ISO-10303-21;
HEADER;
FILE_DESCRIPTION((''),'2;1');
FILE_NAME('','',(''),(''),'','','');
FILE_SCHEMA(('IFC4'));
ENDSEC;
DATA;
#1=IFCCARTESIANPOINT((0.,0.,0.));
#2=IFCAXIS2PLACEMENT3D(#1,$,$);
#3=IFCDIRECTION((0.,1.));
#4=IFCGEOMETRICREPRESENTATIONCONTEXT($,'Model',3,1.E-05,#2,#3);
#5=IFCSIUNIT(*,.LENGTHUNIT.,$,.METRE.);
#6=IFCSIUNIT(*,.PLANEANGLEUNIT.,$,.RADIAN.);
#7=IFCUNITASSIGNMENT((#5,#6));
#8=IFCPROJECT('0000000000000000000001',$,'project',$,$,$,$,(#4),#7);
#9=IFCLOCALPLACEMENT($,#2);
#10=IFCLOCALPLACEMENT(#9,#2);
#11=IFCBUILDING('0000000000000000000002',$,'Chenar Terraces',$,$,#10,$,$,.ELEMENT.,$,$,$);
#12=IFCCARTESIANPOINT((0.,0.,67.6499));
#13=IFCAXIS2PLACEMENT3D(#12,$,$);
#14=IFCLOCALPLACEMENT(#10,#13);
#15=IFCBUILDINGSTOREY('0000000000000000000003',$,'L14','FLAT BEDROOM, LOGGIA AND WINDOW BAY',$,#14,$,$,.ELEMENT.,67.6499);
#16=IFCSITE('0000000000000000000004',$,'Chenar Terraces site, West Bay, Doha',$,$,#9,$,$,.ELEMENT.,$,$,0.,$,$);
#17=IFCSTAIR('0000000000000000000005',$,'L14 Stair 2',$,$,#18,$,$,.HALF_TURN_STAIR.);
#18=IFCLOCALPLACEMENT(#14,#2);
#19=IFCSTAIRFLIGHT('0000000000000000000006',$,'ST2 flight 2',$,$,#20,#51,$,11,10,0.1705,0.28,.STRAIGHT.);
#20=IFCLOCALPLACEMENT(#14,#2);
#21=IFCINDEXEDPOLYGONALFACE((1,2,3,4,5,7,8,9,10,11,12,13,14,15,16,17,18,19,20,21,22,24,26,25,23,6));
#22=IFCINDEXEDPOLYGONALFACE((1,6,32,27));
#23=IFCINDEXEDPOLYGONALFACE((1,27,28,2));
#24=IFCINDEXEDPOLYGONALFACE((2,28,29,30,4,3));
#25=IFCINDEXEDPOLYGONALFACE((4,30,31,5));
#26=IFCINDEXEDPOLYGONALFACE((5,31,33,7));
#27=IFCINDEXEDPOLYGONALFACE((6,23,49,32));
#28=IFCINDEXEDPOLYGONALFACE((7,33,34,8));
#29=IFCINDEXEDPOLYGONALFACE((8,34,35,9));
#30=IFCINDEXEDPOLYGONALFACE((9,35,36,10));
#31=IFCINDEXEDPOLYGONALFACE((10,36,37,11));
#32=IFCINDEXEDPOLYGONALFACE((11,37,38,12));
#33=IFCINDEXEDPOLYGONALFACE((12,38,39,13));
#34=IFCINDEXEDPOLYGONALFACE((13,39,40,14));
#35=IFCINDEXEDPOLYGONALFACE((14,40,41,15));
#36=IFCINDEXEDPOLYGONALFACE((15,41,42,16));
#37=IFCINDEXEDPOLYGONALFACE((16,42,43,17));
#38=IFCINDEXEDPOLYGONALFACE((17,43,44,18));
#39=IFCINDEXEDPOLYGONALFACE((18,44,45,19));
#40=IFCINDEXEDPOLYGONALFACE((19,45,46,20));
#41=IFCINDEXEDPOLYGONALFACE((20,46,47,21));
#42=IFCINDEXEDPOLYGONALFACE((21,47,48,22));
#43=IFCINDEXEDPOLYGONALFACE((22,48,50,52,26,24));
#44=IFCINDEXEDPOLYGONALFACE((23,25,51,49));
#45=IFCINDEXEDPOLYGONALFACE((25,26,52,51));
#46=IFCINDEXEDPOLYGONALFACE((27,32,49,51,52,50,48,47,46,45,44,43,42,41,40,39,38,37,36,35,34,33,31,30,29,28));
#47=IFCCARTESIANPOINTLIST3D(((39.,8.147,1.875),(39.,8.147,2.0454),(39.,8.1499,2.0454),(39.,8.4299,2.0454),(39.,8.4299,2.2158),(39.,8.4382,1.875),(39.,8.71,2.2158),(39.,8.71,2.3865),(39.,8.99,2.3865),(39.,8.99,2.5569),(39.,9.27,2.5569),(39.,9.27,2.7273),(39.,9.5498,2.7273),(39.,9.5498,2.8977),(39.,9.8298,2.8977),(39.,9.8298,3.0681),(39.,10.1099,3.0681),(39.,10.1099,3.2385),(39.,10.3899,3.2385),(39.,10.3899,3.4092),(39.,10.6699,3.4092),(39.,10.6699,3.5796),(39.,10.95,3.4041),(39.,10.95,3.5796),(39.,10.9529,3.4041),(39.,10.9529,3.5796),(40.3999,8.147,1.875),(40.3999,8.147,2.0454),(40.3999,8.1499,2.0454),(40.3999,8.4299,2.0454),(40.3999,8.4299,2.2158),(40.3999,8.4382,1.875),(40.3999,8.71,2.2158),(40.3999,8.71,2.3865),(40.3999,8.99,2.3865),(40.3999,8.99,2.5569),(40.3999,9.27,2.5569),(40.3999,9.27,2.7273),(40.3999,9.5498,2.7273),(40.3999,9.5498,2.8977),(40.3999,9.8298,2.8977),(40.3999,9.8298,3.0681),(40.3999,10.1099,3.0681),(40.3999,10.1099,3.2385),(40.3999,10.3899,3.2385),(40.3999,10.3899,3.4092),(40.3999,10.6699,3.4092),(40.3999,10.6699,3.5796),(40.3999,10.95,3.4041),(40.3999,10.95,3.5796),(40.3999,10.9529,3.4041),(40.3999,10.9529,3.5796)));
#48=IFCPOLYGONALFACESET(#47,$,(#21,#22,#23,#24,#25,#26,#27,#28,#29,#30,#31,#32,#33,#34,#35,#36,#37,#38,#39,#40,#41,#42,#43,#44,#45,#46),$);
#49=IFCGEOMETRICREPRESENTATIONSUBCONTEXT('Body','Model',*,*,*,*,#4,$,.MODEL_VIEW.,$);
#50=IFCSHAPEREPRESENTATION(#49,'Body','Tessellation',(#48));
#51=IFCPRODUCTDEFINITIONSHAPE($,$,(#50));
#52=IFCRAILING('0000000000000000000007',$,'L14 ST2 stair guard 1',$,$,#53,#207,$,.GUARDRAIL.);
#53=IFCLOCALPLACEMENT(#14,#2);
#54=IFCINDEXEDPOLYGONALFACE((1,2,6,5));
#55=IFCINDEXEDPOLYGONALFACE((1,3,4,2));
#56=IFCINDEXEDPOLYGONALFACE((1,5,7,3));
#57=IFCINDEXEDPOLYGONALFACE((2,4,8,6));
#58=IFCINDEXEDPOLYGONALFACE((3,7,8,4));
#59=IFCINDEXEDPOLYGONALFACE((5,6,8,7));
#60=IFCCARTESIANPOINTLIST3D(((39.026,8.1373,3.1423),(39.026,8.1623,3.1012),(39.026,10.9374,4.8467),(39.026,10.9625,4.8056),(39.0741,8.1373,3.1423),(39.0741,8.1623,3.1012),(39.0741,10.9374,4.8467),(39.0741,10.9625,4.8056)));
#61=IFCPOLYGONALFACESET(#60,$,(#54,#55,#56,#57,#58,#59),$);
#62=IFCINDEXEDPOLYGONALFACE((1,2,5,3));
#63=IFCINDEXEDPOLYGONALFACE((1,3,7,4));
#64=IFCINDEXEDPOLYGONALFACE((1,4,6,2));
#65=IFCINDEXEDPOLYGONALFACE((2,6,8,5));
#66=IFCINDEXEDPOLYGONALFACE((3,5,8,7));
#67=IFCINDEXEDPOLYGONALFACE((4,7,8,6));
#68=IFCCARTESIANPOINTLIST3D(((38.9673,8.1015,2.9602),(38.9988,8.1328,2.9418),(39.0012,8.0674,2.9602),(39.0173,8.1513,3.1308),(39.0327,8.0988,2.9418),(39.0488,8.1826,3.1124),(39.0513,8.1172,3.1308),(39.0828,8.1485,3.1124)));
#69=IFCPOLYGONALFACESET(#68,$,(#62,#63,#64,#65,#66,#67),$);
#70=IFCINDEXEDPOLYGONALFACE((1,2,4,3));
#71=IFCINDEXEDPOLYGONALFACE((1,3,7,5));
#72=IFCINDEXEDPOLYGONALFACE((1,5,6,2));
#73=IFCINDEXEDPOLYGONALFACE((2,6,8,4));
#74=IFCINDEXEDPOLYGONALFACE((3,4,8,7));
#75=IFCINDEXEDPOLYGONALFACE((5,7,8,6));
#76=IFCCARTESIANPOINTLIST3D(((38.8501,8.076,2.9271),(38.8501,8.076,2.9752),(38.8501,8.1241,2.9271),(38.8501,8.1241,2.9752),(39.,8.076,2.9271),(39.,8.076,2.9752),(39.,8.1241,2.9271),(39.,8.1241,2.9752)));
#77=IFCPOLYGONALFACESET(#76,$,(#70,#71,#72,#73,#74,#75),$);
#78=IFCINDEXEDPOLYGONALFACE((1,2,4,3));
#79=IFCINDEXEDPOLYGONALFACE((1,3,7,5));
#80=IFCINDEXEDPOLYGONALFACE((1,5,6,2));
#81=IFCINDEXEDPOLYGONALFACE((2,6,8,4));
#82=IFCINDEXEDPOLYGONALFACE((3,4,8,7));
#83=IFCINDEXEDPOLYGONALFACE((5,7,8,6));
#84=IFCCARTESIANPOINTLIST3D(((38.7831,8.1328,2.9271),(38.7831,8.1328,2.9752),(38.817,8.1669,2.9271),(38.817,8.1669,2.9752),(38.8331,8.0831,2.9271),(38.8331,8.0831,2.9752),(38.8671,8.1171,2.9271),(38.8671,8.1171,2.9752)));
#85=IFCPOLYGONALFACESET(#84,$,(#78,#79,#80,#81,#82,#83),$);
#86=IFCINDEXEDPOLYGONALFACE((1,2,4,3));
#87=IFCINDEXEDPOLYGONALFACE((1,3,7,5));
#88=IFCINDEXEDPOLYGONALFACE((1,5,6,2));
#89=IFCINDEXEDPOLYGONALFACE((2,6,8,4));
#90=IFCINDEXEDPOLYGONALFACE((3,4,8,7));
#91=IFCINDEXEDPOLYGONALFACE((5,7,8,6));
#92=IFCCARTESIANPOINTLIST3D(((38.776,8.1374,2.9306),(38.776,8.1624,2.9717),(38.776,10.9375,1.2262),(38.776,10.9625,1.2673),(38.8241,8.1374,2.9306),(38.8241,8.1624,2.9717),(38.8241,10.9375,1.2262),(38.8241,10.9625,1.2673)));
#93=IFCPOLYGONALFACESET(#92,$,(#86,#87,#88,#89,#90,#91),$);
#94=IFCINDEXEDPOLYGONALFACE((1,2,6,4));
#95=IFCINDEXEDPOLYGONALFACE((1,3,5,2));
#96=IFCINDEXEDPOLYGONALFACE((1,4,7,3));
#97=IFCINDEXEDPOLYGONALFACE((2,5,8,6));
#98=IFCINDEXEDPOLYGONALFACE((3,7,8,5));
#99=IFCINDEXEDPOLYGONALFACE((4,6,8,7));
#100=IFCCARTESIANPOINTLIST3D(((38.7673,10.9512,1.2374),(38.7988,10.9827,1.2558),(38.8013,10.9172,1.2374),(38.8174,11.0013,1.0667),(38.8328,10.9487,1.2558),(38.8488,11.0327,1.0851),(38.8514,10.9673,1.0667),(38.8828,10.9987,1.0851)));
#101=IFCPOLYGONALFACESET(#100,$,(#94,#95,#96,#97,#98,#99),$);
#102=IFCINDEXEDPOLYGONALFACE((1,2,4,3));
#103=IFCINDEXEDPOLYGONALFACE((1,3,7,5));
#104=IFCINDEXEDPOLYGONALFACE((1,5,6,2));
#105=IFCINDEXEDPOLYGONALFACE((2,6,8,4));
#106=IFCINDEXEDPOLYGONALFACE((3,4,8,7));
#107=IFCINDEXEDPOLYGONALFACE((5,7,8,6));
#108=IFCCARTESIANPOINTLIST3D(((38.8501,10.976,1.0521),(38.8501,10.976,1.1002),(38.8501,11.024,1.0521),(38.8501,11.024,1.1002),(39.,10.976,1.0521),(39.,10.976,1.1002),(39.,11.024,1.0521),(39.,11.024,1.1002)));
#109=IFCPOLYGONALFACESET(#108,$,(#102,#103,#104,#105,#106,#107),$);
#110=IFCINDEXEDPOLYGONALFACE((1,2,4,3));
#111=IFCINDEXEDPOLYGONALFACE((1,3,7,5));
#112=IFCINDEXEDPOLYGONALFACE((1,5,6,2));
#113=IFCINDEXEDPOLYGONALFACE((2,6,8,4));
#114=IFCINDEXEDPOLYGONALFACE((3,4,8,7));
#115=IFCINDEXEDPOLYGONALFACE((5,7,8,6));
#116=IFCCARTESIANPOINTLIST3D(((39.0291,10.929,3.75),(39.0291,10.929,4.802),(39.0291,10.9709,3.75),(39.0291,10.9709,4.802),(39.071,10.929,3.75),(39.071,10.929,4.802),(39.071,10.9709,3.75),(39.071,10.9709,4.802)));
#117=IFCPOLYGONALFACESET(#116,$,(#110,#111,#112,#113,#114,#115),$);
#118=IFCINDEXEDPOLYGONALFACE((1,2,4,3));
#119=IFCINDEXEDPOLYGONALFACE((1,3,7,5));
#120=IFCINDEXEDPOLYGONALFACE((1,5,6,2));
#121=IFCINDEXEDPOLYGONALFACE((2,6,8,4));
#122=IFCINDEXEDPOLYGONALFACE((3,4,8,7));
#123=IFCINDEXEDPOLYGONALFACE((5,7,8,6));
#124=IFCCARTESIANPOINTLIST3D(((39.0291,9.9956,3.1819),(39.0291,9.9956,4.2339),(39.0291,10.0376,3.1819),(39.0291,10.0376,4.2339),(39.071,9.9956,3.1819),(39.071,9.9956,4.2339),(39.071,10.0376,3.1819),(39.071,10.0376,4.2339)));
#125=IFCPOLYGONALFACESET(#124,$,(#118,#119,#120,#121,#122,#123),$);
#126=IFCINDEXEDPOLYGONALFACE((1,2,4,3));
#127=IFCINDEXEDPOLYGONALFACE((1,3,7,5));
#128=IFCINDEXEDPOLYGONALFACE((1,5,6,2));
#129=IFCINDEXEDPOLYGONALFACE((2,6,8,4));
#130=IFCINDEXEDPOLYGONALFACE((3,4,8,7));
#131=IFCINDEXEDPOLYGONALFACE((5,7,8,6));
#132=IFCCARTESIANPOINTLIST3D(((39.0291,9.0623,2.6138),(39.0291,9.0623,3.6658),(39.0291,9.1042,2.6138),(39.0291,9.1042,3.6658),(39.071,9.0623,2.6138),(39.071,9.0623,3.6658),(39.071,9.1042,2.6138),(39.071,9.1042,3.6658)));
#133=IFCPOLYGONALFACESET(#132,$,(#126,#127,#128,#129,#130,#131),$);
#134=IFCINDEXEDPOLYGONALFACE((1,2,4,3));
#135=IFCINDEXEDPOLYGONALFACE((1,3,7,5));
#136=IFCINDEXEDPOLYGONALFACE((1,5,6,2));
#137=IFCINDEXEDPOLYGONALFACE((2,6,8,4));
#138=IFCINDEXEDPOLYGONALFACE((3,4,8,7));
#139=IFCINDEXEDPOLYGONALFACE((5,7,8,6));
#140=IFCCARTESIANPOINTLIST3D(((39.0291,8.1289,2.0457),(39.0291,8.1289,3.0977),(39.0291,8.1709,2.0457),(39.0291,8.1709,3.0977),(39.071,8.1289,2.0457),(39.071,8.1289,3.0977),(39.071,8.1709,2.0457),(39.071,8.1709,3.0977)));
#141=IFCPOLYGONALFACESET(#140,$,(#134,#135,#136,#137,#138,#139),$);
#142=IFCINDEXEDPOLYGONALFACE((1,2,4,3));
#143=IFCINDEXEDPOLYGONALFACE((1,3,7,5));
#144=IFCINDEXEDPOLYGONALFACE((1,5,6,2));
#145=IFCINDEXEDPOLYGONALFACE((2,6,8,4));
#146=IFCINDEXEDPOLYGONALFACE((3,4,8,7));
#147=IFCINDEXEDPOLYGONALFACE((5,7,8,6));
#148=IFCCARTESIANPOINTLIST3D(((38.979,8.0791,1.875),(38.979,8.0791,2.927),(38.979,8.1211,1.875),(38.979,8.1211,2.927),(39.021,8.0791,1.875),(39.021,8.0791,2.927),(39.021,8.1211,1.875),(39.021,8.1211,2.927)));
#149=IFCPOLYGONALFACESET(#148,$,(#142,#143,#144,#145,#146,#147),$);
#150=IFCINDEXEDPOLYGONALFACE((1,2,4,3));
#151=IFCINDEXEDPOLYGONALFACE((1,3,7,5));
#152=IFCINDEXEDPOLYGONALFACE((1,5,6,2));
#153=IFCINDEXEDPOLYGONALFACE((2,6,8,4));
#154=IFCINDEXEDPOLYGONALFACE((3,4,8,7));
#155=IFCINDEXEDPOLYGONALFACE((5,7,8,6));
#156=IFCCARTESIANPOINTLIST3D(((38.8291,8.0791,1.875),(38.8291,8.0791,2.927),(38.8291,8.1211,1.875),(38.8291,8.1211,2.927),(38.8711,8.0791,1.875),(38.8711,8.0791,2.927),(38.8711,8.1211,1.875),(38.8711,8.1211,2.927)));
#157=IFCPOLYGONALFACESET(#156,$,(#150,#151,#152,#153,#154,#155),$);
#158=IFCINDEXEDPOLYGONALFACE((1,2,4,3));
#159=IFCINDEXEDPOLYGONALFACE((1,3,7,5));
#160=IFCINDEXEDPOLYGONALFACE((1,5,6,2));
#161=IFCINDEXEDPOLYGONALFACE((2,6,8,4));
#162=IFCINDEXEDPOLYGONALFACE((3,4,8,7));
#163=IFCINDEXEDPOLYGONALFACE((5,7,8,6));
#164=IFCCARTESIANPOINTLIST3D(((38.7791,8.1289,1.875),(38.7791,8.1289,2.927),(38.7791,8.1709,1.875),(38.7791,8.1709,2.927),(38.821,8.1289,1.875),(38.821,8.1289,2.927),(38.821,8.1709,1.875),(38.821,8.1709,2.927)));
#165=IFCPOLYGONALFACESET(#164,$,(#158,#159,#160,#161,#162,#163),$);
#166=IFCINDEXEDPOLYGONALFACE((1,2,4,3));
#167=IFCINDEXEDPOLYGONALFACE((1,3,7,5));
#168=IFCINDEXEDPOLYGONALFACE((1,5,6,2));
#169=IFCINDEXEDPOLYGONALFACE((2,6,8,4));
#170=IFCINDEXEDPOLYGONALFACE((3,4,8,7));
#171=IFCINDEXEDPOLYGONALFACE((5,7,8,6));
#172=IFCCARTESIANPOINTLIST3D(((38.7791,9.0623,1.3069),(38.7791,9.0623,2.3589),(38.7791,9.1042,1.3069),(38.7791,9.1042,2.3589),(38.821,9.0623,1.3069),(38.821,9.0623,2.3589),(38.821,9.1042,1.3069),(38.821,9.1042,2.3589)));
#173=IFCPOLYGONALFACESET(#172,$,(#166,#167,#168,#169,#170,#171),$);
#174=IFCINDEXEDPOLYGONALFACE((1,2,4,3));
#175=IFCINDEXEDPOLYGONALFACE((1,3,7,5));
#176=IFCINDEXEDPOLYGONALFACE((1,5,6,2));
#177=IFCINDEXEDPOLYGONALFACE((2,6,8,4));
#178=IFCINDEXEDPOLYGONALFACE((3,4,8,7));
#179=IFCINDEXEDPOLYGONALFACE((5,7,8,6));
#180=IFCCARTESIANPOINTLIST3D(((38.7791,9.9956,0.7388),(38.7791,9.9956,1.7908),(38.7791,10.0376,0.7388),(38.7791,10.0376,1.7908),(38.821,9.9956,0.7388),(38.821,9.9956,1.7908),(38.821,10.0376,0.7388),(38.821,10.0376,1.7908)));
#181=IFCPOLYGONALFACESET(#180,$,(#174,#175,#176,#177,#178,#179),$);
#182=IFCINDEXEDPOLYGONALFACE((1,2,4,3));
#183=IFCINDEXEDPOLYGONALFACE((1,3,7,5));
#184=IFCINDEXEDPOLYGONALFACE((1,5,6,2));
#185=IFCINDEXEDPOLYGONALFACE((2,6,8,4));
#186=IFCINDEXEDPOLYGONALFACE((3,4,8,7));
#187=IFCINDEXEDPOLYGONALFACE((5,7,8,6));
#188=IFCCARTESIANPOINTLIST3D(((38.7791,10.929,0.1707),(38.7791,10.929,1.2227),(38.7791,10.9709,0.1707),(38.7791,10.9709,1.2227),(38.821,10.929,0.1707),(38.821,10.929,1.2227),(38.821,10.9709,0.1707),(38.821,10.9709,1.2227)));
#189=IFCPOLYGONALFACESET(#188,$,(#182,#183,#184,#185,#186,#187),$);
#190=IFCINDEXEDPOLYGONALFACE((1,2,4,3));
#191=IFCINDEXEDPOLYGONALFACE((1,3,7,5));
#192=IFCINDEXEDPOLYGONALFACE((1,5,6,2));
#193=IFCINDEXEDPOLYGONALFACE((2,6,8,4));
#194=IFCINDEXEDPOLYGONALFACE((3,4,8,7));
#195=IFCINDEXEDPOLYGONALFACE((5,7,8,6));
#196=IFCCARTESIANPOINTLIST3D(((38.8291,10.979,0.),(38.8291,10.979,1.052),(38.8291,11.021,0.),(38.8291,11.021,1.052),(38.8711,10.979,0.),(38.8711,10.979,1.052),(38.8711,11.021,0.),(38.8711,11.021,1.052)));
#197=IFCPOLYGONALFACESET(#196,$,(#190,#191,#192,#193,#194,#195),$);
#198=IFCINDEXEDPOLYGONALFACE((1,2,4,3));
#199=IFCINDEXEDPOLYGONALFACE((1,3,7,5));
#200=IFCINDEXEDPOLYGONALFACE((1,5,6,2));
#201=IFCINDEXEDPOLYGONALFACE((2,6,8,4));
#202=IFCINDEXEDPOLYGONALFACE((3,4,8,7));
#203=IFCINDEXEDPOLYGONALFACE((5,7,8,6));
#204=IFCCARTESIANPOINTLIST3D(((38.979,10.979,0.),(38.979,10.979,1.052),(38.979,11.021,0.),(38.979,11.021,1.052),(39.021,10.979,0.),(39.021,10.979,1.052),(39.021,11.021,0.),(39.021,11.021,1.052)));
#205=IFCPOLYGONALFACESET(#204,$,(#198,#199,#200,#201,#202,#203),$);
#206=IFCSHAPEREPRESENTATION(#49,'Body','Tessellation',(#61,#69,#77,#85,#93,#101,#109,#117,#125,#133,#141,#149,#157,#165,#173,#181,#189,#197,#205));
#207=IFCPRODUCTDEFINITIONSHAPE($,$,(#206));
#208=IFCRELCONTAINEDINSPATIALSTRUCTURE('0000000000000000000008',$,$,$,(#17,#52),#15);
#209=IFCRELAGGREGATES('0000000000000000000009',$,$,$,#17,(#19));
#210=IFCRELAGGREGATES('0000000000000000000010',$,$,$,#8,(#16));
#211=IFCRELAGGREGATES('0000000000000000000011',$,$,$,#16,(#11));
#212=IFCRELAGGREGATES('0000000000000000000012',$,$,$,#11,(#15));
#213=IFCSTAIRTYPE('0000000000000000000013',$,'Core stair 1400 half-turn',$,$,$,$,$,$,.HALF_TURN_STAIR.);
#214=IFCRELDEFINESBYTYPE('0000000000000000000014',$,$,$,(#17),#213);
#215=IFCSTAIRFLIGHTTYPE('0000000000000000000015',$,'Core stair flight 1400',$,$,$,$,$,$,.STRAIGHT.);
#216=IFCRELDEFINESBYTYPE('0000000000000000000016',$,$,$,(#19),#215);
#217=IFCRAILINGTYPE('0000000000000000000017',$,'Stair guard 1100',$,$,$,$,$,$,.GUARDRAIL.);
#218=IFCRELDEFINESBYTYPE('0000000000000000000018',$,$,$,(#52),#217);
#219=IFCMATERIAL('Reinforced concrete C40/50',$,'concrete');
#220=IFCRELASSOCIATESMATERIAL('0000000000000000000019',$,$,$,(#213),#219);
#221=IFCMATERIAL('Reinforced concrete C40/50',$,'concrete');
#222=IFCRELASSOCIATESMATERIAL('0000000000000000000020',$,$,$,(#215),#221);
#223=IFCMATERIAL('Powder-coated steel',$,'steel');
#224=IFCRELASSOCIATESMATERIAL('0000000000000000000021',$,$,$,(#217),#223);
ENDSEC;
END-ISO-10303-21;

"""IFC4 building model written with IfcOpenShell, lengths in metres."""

from ifc_helpers import new_model, si_unit, direction, frame, origin, origin_2d, place, context, subcontext, project, spatial, polyline, rectangle, outline, extrude, material, type_object, element, aggregate, save


model = new_model("IFC4")

# Units and contexts
model_context = context("Model", 3, precision=1e-05, world=origin(), true_north=direction((0.0, 1.0)))
body_context = subcontext(model_context, "Body", "Model", "MODEL_VIEW")
ifc_project = project(units=[si_unit("LENGTHUNIT", "METRE"), si_unit("PLANEANGLEUNIT", "RADIAN")], contexts=[model_context])

# Site, building, storey
site_placement = place(None, origin())
site = spatial("IfcSite", under=ifc_project, at=site_placement, Name="Chenar Terraces site, West Bay, Doha", CompositionType="ELEMENT", RefElevation=0.0)
building_placement = place(site_placement, origin())
building = spatial("IfcBuilding", under=site, at=building_placement, Name="Chenar Terraces", CompositionType="ELEMENT")
storey_placement = place(building_placement, frame((0.0, 0.0, 67.6499)))
storey = spatial("IfcBuildingStorey", under=building, at=storey_placement, Name="L14", Description="FLAT BEDROOM, LOGGIA AND WINDOW BAY", CompositionType="ELEMENT", Elevation=67.6499)

# Stair, stair flight
ifc_material_1 = material(Name="Reinforced concrete C40/50", Category="concrete")
stair_type = type_object("IfcStairType", Name="Core stair 1400 half-turn", PredefinedType="HALF_TURN_STAIR", material=ifc_material_1)
stair_placement = place(storey_placement, origin())
stair = element("IfcStair", 1, at=stair_placement, inside=storey, type_object=stair_type, Name="L14 Stair 2", PredefinedType="HALF_TURN_STAIR")
ifc_material_2 = material(Name="Reinforced concrete C40/50", Category="concrete")
stair_flight_type = type_object("IfcStairFlightType", Name="Core stair flight 1400", PredefinedType="STRAIGHT", material=ifc_material_2)
stair_flight_1_placement = place(storey_placement, frame((39.7, 8.1499, 1.875), z_axis=(0.0, 0.0, 1.0), x_axis=(0.0, 1.0, 0.0)))
stair_flight_1 = element("IfcStairFlight", 2, at=stair_flight_1_placement, type_object=stair_flight_type, Name="ST2 flight 2", NumberOfRisers=11, NumberOfTreads=10, PredefinedType="STRAIGHT", RiserHeight=0.1705, TreadLength=0.28, context=body_context, shape_type="SweptSolid", body=[
    extrude(outline(polyline([(-0.0029, 0.0), (-0.0029, 0.1704), (0.0, 0.1704), (0.28, 0.1704), (0.28, 0.3408), (0.5601, 0.3408), (0.5601, 0.5115), (0.8401, 0.5115), (0.8401, 0.6819), (1.1201, 0.6819), (1.1201, 0.8523), (1.3999, 0.8523), (1.3999, 1.0227), (1.6799, 1.0227), (1.6799, 1.1931), (1.96, 1.1931), (1.96, 1.3635), (2.24, 1.3635), (2.24, 1.5342), (2.52, 1.5342), (2.52, 1.7046), (2.8, 1.7046), (2.803, 1.7046), (2.803, 1.5291), (2.8, 1.5291), (0.2883, 0.0), (-0.0029, 0.0)])), frame((0.0, 0.7, 0.0), z_axis=(0.0, -1.0, 0.0), x_axis=(1.0, 0.0, 0.0)), (0.0, 0.0, 1.0), 1.3999),
])
aggregate(stair, [stair_flight_1])

# Railing
ifc_material_3 = material(Name="Powder-coated steel", Category="steel")
railing_type_1 = type_object("IfcRailingType", Name="Stair guard 1100", PredefinedType="GUARDRAIL", material=ifc_material_3)
railing_1_placement = place(storey_placement, frame((39.05, 10.95, 3.75)))
element("IfcRailing", 3, at=railing_1_placement, inside=storey, type_object=railing_type_1, Name="L14 ST2 stair guard 1", PredefinedType="GUARDRAIL", context=body_context, shape_type="SweptSolid", body=[
    extrude(rectangle(XDim=0.0481, YDim=0.0481, at=origin_2d()), frame((0.0, 0.0, 1.0762), z_axis=(0.0, -0.854203, -0.51994), x_axis=(1.0, 0.0, 0.0)), (0.0, 0.0, 1.0), 3.2781),
    extrude(rectangle(XDim=0.0481, YDim=0.0481, at=origin_2d()), frame((0.0, -2.8, -0.6284), z_axis=(-0.270997, -0.269675, -0.924033), x_axis=(0.705376, -0.708834, 0.0)), (0.0, 0.0, 1.0), 0.1846),
    extrude(rectangle(XDim=0.0481, YDim=0.0481, at=origin_2d()), frame((-0.05, -2.8499, -0.7988), z_axis=(-1.0, 0.0, 0.0), x_axis=(0.0, -1.0, 0.0)), (0.0, 0.0, 1.0), 0.1499),
    extrude(rectangle(XDim=0.0481, YDim=0.0481, at=origin_2d()), frame((-0.2, -2.8499, -0.7988), z_axis=(-0.708834, 0.705376, 0.0), x_axis=(-0.705376, -0.708834, 0.0)), (0.0, 0.0, 1.0), 0.0706),
    extrude(rectangle(XDim=0.0481, YDim=0.0481, at=origin_2d()), frame((-0.25, -2.8, -0.7988), z_axis=(0.0, 0.854203, -0.51994), x_axis=(-1.0, 0.0, 0.0)), (0.0, 0.0, 1.0), 3.2781),
    extrude(rectangle(XDim=0.0481, YDim=0.0481, at=origin_2d()), frame((-0.25, 0.0, -2.5034), z_axis=(0.2709, 0.2709, -0.923703), x_axis=(-0.707107, 0.707107, 0.0)), (0.0, 0.0, 1.0), 0.1848),
    extrude(rectangle(XDim=0.0481, YDim=0.0481, at=origin_2d()), frame((-0.2, 0.05, -2.6738), z_axis=(1.0, 0.0, 0.0), x_axis=(0.0, 1.0, 0.0)), (0.0, 0.0, 1.0), 0.1499),
    extrude(rectangle(XDim=0.042, YDim=0.042, at=origin_2d()), origin(), (0.0, 0.0, 1.0), 1.052),
    extrude(rectangle(XDim=0.042, YDim=0.042, at=origin_2d()), frame((0.0, -0.9333, -0.5681)), (0.0, 0.0, 1.0), 1.052),
    extrude(rectangle(XDim=0.042, YDim=0.042, at=origin_2d()), frame((0.0, -1.8667, -1.1362)), (0.0, 0.0, 1.0), 1.052),
    extrude(rectangle(XDim=0.042, YDim=0.042, at=origin_2d()), frame((0.0, -2.8, -1.7043)), (0.0, 0.0, 1.0), 1.052),
    extrude(rectangle(XDim=0.042, YDim=0.042, at=origin_2d()), frame((-0.05, -2.8499, -1.875)), (0.0, 0.0, 1.0), 1.052),
    extrude(rectangle(XDim=0.042, YDim=0.042, at=origin_2d()), frame((-0.2, -2.8499, -1.875)), (0.0, 0.0, 1.0), 1.052),
    extrude(rectangle(XDim=0.042, YDim=0.042, at=origin_2d()), frame((-0.25, -2.8, -1.875)), (0.0, 0.0, 1.0), 1.052),
    extrude(rectangle(XDim=0.042, YDim=0.042, at=origin_2d()), frame((-0.25, -1.8667, -2.4431)), (0.0, 0.0, 1.0), 1.052),
    extrude(rectangle(XDim=0.042, YDim=0.042, at=origin_2d()), frame((-0.25, -0.9333, -3.0112)), (0.0, 0.0, 1.0), 1.052),
    extrude(rectangle(XDim=0.042, YDim=0.042, at=origin_2d()), frame((-0.25, 0.0, -3.5793)), (0.0, 0.0, 1.0), 1.052),
    extrude(rectangle(XDim=0.042, YDim=0.042, at=origin_2d()), frame((-0.2, 0.05, -3.75)), (0.0, 0.0, 1.0), 1.052),
    extrude(rectangle(XDim=0.042, YDim=0.042, at=origin_2d()), frame((-0.05, 0.05, -3.75)), (0.0, 0.0, 1.0), 1.052),
])

save(model, "model.ifc")
